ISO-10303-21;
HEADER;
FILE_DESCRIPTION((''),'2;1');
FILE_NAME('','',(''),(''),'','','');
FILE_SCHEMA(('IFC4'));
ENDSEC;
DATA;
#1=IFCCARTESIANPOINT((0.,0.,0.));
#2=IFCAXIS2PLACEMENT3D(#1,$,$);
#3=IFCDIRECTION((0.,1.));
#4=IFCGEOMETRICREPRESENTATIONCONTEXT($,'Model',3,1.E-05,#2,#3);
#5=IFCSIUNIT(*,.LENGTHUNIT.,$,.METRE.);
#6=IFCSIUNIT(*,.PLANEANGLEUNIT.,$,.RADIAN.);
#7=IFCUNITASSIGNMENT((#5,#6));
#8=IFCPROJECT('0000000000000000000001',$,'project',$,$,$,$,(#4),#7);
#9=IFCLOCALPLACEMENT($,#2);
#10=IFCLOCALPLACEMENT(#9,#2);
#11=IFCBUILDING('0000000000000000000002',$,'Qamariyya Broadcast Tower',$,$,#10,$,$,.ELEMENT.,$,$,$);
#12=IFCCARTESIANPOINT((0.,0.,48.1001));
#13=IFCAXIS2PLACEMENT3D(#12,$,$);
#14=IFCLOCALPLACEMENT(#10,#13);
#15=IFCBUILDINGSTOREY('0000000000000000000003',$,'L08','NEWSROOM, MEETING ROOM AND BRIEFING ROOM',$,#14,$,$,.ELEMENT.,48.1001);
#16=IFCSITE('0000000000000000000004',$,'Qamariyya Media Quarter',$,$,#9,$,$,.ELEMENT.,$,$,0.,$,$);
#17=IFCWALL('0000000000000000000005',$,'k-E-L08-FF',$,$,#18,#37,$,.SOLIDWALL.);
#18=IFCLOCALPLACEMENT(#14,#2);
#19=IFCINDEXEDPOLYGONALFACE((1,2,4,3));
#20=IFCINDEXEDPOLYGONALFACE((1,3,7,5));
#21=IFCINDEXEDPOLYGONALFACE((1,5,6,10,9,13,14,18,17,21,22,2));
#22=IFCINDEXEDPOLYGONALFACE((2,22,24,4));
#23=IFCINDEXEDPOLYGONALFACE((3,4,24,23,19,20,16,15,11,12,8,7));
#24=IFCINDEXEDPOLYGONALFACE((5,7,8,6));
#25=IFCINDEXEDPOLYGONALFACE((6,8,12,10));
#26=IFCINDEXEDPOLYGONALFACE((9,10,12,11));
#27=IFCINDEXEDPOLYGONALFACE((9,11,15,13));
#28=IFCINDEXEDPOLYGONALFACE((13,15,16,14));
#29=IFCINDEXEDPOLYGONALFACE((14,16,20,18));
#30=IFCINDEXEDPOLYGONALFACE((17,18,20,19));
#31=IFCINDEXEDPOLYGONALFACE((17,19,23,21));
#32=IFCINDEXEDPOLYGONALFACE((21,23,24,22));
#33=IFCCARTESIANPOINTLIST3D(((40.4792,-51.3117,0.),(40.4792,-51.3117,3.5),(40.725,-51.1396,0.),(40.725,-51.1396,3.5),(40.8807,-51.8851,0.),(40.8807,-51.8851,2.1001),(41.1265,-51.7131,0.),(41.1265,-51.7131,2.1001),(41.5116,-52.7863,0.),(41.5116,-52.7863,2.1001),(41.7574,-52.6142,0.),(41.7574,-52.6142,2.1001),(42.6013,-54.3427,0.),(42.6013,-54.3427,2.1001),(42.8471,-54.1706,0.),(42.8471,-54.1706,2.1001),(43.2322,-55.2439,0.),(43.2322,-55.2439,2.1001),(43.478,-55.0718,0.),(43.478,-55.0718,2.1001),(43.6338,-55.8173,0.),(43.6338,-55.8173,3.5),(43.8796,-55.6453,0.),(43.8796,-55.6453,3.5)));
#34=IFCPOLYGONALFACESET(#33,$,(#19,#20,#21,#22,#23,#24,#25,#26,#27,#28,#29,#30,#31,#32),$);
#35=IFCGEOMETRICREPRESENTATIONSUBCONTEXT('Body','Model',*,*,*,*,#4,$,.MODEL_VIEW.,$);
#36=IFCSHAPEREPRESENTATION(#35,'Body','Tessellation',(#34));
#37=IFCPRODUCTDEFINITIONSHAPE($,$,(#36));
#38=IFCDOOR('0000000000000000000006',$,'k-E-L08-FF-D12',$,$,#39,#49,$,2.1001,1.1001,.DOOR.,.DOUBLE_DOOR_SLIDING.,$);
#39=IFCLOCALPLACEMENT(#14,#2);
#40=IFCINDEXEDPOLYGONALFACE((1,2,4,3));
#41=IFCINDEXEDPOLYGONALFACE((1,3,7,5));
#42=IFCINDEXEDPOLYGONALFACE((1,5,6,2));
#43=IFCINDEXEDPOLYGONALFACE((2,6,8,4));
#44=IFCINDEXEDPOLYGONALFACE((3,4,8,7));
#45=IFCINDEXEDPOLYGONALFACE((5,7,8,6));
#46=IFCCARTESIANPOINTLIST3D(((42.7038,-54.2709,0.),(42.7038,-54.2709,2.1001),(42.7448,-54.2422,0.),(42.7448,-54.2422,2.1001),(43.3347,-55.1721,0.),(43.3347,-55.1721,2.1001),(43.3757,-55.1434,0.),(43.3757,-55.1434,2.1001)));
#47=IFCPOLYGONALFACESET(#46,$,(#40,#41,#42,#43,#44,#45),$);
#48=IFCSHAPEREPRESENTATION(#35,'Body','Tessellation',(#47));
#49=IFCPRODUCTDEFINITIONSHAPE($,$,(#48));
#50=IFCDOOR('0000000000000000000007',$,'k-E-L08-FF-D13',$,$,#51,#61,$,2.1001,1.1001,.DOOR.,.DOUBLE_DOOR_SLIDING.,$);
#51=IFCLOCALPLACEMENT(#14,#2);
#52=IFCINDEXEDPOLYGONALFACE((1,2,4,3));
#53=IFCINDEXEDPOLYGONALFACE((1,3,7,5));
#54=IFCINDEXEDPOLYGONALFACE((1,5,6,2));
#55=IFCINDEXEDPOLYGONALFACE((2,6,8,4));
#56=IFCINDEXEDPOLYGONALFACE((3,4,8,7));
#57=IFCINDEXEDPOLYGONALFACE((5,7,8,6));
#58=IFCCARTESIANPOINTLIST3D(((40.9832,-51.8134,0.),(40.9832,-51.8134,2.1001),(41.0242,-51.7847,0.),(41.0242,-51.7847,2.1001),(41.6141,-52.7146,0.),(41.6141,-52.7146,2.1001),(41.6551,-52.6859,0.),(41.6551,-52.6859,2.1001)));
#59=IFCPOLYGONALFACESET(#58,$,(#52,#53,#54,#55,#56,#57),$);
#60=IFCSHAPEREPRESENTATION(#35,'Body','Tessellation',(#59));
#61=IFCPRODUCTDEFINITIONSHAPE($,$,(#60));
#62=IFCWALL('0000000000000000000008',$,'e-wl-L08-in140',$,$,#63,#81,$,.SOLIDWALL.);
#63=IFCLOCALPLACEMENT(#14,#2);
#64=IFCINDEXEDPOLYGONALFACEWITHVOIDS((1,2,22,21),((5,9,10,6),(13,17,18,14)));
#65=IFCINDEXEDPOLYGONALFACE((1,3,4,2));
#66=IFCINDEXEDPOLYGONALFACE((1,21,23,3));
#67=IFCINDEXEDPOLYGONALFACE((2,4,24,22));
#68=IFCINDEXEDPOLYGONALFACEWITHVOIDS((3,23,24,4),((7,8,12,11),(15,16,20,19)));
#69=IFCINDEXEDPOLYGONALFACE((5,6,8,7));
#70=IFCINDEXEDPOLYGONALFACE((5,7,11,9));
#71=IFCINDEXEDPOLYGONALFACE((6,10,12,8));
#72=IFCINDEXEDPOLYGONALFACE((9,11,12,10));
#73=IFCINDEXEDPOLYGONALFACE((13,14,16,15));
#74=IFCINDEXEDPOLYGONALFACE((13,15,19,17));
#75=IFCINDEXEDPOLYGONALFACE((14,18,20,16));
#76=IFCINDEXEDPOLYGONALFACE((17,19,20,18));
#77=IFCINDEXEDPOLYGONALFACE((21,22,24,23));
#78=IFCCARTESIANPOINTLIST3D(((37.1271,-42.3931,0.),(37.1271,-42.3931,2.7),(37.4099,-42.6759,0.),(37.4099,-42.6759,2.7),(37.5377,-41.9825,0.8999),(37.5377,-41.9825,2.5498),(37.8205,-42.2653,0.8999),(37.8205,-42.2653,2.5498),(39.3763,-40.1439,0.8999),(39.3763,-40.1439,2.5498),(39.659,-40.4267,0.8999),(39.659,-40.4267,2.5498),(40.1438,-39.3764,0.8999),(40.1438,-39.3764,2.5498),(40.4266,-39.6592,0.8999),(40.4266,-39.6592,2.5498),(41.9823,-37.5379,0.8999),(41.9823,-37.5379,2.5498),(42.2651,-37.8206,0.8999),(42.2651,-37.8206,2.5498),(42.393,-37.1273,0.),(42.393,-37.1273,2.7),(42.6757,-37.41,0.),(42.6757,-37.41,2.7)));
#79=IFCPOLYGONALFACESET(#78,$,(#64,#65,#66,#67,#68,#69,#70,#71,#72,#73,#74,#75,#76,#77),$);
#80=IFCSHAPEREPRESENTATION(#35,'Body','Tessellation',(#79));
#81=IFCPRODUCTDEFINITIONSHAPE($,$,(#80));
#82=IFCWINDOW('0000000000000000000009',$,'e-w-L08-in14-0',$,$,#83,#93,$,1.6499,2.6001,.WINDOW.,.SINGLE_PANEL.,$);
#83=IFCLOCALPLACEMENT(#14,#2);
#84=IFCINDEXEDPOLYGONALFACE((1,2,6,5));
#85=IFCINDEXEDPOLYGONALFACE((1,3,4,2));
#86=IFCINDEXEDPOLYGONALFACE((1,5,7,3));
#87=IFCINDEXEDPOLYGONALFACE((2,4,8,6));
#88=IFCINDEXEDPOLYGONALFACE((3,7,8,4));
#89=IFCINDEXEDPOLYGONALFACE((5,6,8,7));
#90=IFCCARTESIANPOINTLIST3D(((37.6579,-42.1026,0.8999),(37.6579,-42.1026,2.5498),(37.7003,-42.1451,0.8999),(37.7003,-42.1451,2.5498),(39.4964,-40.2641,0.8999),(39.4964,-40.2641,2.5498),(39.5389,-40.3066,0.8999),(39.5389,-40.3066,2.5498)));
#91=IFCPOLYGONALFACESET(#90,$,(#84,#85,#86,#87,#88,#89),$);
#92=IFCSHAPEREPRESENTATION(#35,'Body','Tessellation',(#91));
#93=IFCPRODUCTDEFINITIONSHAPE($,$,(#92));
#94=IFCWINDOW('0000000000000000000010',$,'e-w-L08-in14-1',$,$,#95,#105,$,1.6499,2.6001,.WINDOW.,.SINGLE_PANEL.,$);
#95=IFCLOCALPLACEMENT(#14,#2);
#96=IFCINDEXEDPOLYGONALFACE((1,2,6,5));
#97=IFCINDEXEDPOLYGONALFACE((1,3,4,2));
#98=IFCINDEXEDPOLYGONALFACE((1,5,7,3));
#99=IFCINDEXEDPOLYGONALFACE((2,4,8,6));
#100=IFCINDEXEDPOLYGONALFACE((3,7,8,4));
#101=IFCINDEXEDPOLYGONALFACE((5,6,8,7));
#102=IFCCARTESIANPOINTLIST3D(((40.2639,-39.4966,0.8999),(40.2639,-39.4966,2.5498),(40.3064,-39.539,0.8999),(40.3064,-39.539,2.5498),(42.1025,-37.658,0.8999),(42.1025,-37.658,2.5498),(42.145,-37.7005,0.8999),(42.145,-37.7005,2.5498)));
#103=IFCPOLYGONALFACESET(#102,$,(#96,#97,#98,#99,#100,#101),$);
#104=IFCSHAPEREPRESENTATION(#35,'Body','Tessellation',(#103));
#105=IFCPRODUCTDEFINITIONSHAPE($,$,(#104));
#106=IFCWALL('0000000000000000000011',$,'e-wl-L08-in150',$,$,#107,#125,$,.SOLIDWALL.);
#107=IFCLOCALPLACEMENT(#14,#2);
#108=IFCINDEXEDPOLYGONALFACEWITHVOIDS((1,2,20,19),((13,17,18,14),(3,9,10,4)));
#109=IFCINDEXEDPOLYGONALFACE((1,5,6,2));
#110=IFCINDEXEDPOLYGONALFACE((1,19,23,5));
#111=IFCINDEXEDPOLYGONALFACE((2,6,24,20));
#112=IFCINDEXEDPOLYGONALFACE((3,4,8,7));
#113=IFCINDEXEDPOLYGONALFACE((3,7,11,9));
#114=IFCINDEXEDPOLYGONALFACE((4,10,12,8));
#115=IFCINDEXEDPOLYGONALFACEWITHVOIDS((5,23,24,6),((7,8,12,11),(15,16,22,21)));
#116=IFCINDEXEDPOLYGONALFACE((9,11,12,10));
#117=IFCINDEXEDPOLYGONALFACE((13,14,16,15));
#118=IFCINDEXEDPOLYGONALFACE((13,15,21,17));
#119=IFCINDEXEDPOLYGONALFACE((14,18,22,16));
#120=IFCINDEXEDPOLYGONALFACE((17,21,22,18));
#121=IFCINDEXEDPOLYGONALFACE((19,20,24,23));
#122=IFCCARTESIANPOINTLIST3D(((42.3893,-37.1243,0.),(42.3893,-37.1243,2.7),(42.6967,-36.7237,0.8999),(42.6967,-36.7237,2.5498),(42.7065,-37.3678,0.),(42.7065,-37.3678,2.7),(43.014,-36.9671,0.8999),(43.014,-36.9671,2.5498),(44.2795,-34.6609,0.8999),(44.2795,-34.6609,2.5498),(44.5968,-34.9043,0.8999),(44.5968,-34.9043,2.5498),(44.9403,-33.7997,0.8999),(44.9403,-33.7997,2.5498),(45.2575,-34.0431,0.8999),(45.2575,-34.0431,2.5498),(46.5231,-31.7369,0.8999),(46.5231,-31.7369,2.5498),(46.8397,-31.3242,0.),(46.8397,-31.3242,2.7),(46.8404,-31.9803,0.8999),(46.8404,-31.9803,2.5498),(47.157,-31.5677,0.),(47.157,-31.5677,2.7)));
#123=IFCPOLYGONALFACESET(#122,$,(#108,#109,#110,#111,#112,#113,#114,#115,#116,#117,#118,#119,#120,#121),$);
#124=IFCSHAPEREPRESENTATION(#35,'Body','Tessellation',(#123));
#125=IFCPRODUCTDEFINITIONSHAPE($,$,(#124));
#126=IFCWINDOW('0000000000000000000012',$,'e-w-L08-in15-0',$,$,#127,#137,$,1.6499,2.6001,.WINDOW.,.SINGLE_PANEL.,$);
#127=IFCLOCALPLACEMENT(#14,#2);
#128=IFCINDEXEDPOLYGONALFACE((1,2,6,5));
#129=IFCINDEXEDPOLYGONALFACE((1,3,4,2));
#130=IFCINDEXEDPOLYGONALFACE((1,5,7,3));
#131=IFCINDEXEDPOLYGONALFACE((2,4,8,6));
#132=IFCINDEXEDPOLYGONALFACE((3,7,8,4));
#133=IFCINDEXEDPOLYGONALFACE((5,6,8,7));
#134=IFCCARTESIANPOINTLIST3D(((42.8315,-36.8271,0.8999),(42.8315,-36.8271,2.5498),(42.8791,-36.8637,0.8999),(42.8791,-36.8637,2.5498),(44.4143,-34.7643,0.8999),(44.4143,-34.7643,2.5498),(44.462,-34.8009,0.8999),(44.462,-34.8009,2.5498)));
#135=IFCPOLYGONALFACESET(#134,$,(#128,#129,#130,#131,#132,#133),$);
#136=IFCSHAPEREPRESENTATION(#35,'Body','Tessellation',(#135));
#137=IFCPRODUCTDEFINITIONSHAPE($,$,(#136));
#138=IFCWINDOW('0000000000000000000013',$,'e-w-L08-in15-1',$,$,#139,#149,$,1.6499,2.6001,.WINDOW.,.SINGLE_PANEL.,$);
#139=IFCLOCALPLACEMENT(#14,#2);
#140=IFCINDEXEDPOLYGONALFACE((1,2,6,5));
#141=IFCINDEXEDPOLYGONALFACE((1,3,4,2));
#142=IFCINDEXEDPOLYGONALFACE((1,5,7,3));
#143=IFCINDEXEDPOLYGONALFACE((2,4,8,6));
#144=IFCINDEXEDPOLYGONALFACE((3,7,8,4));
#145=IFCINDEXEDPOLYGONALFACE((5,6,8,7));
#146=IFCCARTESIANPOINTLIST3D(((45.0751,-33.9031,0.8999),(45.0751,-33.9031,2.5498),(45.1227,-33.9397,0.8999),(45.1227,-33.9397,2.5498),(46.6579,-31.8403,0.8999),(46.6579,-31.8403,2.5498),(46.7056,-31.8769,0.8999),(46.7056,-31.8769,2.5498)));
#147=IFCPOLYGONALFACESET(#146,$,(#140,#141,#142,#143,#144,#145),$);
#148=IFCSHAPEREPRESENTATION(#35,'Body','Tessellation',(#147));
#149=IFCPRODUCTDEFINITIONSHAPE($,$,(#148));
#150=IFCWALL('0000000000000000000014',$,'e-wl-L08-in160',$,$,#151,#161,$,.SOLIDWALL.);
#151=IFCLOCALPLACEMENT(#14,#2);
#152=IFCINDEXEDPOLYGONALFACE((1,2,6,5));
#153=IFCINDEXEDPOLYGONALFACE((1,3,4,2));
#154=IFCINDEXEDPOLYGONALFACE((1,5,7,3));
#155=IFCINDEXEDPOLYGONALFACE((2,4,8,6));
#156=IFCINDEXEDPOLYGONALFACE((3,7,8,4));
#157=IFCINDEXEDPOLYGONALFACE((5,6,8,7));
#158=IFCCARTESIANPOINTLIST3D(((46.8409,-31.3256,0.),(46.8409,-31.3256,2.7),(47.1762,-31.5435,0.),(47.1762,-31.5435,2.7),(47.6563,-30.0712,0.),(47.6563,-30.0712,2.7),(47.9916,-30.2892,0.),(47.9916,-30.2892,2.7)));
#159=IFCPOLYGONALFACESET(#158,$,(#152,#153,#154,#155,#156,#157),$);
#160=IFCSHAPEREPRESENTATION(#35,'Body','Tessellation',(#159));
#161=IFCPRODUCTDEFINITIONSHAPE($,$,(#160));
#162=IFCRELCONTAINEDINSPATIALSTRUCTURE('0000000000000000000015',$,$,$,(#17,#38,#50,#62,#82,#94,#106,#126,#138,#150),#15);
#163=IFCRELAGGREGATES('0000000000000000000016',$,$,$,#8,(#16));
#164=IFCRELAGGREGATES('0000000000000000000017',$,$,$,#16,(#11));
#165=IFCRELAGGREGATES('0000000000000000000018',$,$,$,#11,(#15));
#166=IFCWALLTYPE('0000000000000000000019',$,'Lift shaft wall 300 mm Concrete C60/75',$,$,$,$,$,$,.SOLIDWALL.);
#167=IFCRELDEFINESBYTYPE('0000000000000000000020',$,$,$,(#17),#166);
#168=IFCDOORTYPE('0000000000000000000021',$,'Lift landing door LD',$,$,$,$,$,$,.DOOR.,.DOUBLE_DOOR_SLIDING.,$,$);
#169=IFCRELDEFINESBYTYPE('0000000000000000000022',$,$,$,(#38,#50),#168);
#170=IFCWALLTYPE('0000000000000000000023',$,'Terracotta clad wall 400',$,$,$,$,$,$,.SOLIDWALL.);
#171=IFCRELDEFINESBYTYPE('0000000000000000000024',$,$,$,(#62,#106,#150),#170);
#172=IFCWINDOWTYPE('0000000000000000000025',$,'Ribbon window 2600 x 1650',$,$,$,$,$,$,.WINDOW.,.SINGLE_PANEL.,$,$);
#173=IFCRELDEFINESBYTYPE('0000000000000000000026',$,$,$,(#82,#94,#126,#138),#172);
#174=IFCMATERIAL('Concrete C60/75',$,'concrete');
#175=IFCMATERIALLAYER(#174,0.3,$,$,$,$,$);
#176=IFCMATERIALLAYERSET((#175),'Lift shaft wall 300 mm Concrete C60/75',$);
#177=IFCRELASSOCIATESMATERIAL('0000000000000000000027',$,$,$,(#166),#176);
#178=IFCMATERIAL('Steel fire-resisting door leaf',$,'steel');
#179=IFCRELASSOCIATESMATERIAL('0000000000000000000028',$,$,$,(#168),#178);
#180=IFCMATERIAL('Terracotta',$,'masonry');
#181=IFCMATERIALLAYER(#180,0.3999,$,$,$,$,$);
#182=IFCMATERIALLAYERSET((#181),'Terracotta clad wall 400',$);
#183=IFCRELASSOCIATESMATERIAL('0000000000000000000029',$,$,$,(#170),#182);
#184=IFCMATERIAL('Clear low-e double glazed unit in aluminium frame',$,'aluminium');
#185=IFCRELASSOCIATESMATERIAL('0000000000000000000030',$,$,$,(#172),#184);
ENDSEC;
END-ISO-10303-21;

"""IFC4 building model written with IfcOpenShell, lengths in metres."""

from ifc_helpers import new_model, si_unit, direction, frame, frame_2d, origin, place, context, subcontext, project, spatial, rectangle, extrude, material, layer, layer_set, type_object, element, fill, save


model = new_model("IFC4")

# Units and contexts
model_context = context("Model", 3, precision=1e-05, world=origin(), true_north=direction((0.0, 1.0)))
body_context = subcontext(model_context, "Body", "Model", "MODEL_VIEW")
ifc_project = project(units=[si_unit("LENGTHUNIT", "METRE"), si_unit("PLANEANGLEUNIT", "RADIAN")], contexts=[model_context])

# Site, building, storey
site_placement = place(None, origin())
site = spatial("IfcSite", under=ifc_project, at=site_placement, Name="Qamariyya Media Quarter", CompositionType="ELEMENT", RefElevation=0.0)
building_placement = place(site_placement, origin())
building = spatial("IfcBuilding", under=site, at=building_placement, Name="Qamariyya Broadcast Tower", CompositionType="ELEMENT")
storey_placement = place(building_placement, frame((0.0, 0.0, 48.1001)))
storey = spatial("IfcBuildingStorey", under=building, at=storey_placement, Name="L08", Description="NEWSROOM, MEETING ROOM AND BRIEFING ROOM", CompositionType="ELEMENT", Elevation=48.1001)

# Shared definitions
ifc_material_1 = material(Name="Concrete C60/75", Category="concrete")

# Shared definitions
ifc_layer_1 = layer(ifc_material_1, 0.3)
ifc_layer_set_1 = layer_set([ifc_layer_1], Name="Lift shaft wall 300 mm Concrete C60/75")
wall_type_1 = type_object("IfcWallType", Name="Lift shaft wall 300 mm Concrete C60/75", PredefinedType="SOLIDWALL", material=ifc_layer_set_1)
ifc_material_2 = material(Name="Steel fire-resisting door leaf", Category="steel")

# Wall, openings, doors
wall_1_placement = place(storey_placement, frame((43.7566, -55.7312, 0.0), z_axis=(0.0, 0.0, 1.0), x_axis=(-0.573537, 0.81918, 0.0)))
wall_1 = element("IfcWall", 1, at=wall_1_placement, inside=storey, type_object=wall_type_1, Name="k-E-L08-FF", PredefinedType="SOLIDWALL", context=body_context, shape_type="SweptSolid", body=[
    extrude(rectangle(XDim=5.5002, YDim=0.3, at=frame_2d((2.75, 0.0))), origin(), (0.0, 0.0, 1.0), 3.5),
])
opening_1_placement = place(wall_1_placement, frame((0.7, 0.0, 0.0)))
opening_1 = element("IfcOpeningElement", 2, at=opening_1_placement, cuts=wall_1, PredefinedType="OPENING", context=body_context, shape_type="SweptSolid", body=[
    extrude(rectangle(XDim=1.1001, YDim=2.1001, at=frame_2d((0.55, 1.05))), frame((0.0, 0.1599, 0.0), z_axis=(0.0, -1.0, 0.0), x_axis=(1.0, 0.0, 0.0)), (0.0, 0.0, 1.0), 0.3201),
])
opening_2_placement = place(wall_1_placement, frame((3.7, 0.0, 0.0)))
opening_2 = element("IfcOpeningElement", 3, at=opening_2_placement, cuts=wall_1, PredefinedType="OPENING", context=body_context, shape_type="SweptSolid", body=[
    extrude(rectangle(XDim=1.1001, YDim=2.1001, at=frame_2d((0.55, 1.05))), frame((0.0, 0.1599, 0.0), z_axis=(0.0, -1.0, 0.0), x_axis=(1.0, 0.0, 0.0)), (0.0, 0.0, 1.0), 0.3201),
])
door_type_1 = type_object("IfcDoorType", Name="Lift landing door LD", OperationType="DOUBLE_DOOR_SLIDING", PredefinedType="DOOR", material=ifc_material_2)
door_1_placement = place(opening_1_placement, origin())
door_1 = element("IfcDoor", 4, at=door_1_placement, inside=storey, type_object=door_type_1, Name="k-E-L08-FF-D12", OperationType="DOUBLE_DOOR_SLIDING", OverallHeight=2.1001, OverallWidth=1.1001, PredefinedType="DOOR", context=body_context, shape_type="SweptSolid", body=[
    extrude(rectangle(XDim=1.1001, YDim=2.1001, at=frame_2d((0.55, 1.05))), frame((0.0, 0.0249, 0.0), z_axis=(0.0, -1.0, 0.0), x_axis=(1.0, 0.0, 0.0)), (0.0, 0.0, 1.0), 0.05),
])
fill(opening_1, door_1)
door_2_placement = place(opening_2_placement, origin())
door_2 = element("IfcDoor", 5, at=door_2_placement, inside=storey, type_object=door_type_1, Name="k-E-L08-FF-D13", OperationType="DOUBLE_DOOR_SLIDING", OverallHeight=2.1001, OverallWidth=1.1001, PredefinedType="DOOR", context=body_context, shape_type="SweptSolid", body=[
    extrude(rectangle(XDim=1.1001, YDim=2.1001, at=frame_2d((0.55, 1.05))), frame((0.0, 0.0249, 0.0), z_axis=(0.0, -1.0, 0.0), x_axis=(1.0, 0.0, 0.0)), (0.0, 0.0, 1.0), 0.05),
])
fill(opening_2, door_2)

# Walls, openings, windows
ifc_material_3 = material(Name="Terracotta", Category="masonry")
ifc_layer_2 = layer(ifc_material_3, 0.3999)
ifc_layer_set_2 = layer_set([ifc_layer_2], Name="Terracotta clad wall 400")
wall_type_2 = type_object("IfcWallType", Name="Terracotta clad wall 400", PredefinedType="SOLIDWALL", material=ifc_layer_set_2)
wall_2_placement = place(storey_placement, frame((42.5344, -37.2686, 0.0), z_axis=(0.0, 0.0, 1.0), x_axis=(-0.707107, -0.707107, 0.0)))
wall_2 = element("IfcWall", 6, at=wall_2_placement, inside=storey, type_object=wall_type_2, Name="e-wl-L08-in140", PredefinedType="SOLIDWALL", context=body_context, shape_type="SweptSolid", body=[
    extrude(rectangle(XDim=7.447, YDim=0.3999, at=frame_2d((3.7236, 0.0))), origin(), (0.0, 0.0, 1.0), 2.7),
])
opening_3_placement = place(wall_2_placement, frame((4.2664, 0.0, 0.8999)))
opening_3 = element("IfcOpeningElement", 7, at=opening_3_placement, cuts=wall_2, PredefinedType="OPENING", context=body_context, shape_type="SweptSolid", body=[
    extrude(rectangle(XDim=2.6001, YDim=1.6499, at=frame_2d((1.3, 0.825))), frame((0.0, 0.21, 0.0), z_axis=(0.0, -1.0, 0.0), x_axis=(1.0, 0.0, 0.0)), (0.0, 0.0, 1.0), 0.4199),
])
opening_4_placement = place(wall_2_placement, frame((0.5808, 0.0, 0.8999)))
opening_4 = element("IfcOpeningElement", 8, at=opening_4_placement, cuts=wall_2, PredefinedType="OPENING", context=body_context, shape_type="SweptSolid", body=[
    extrude(rectangle(XDim=2.6001, YDim=1.6499, at=frame_2d((1.3, 0.825))), frame((0.0, 0.21, 0.0), z_axis=(0.0, -1.0, 0.0), x_axis=(1.0, 0.0, 0.0)), (0.0, 0.0, 1.0), 0.4199),
])
ifc_material_4 = material(Name="Clear low-e double glazed unit in aluminium frame", Category="aluminium")
window_type = type_object("IfcWindowType", Name="Ribbon window 2600 x 1650", PartitioningType="SINGLE_PANEL", PredefinedType="WINDOW", material=ifc_material_4)
window_1_placement = place(opening_3_placement, origin())
window_1 = element("IfcWindow", 9, at=window_1_placement, inside=storey, type_object=window_type, Name="e-w-L08-in14-0", OverallHeight=1.6499, OverallWidth=2.6001, PartitioningType="SINGLE_PANEL", PredefinedType="WINDOW", context=body_context, shape_type="SweptSolid", body=[
    extrude(rectangle(XDim=2.6001, YDim=1.6499, at=frame_2d((1.3, 0.825))), frame((0.0, 0.03, 0.0), z_axis=(0.0, -1.0, 0.0), x_axis=(1.0, 0.0, 0.0)), (0.0, 0.0, 1.0), 0.0601),
])
fill(opening_3, window_1)
window_2_placement = place(opening_4_placement, origin())
window_2 = element("IfcWindow", 10, at=window_2_placement, inside=storey, type_object=window_type, Name="e-w-L08-in14-1", OverallHeight=1.6499, OverallWidth=2.6001, PartitioningType="SINGLE_PANEL", PredefinedType="WINDOW", context=body_context, shape_type="SweptSolid", body=[
    extrude(rectangle(XDim=2.6001, YDim=1.6499, at=frame_2d((1.3, 0.825))), frame((0.0, 0.03, 0.0), z_axis=(0.0, -1.0, 0.0), x_axis=(1.0, 0.0, 0.0)), (0.0, 0.0, 1.0), 0.0601),
])
fill(opening_4, window_2)
wall_3_placement = place(storey_placement, frame((46.9983, -31.446, 0.0), z_axis=(0.0, 0.0, 1.0), x_axis=(-0.608753, -0.79336, 0.0)))
wall_3 = element("IfcWall", 11, at=wall_3_placement, inside=storey, type_object=wall_type_2, Name="e-wl-L08-in150", PredefinedType="SOLIDWALL", context=body_context, shape_type="SweptSolid", body=[
    extrude(rectangle(XDim=7.3108, YDim=0.3999, at=frame_2d((3.6553, 0.0))), origin(), (0.0, 0.0, 1.0), 2.7),
])
opening_5_placement = place(wall_3_placement, frame((4.2056, 0.0, 0.8999)))
opening_5 = element("IfcOpeningElement", 12, at=opening_5_placement, cuts=wall_3, PredefinedType="OPENING", context=body_context, shape_type="SweptSolid", body=[
    extrude(rectangle(XDim=2.6001, YDim=1.6499, at=frame_2d((1.3, 0.825))), frame((0.0, 0.21, 0.0), z_axis=(0.0, -1.0, 0.0), x_axis=(1.0, 0.0, 0.0)), (0.0, 0.0, 1.0), 0.4199),
])
opening_6_placement = place(wall_3_placement, frame((0.52, 0.0, 0.8999)))
opening_6 = element("IfcOpeningElement", 13, at=opening_6_placement, cuts=wall_3, PredefinedType="OPENING", context=body_context, shape_type="SweptSolid", body=[
    extrude(rectangle(XDim=2.6001, YDim=1.6499, at=frame_2d((1.3, 0.825))), frame((0.0, 0.21, 0.0), z_axis=(0.0, -1.0, 0.0), x_axis=(1.0, 0.0, 0.0)), (0.0, 0.0, 1.0), 0.4199),
])
window_3_placement = place(opening_5_placement, origin())
window_3 = element("IfcWindow", 14, at=window_3_placement, inside=storey, type_object=window_type, Name="e-w-L08-in15-0", OverallHeight=1.6499, OverallWidth=2.6001, PartitioningType="SINGLE_PANEL", PredefinedType="WINDOW", context=body_context, shape_type="SweptSolid", body=[
    extrude(rectangle(XDim=2.6001, YDim=1.6499, at=frame_2d((1.3, 0.825))), frame((0.0, 0.03, 0.0), z_axis=(0.0, -1.0, 0.0), x_axis=(1.0, 0.0, 0.0)), (0.0, 0.0, 1.0), 0.0601),
])
fill(opening_5, window_3)
window_4_placement = place(opening_6_placement, origin())
window_4 = element("IfcWindow", 15, at=window_4_placement, inside=storey, type_object=window_type, Name="e-w-L08-in15-1", OverallHeight=1.6499, OverallWidth=2.6001, PartitioningType="SINGLE_PANEL", PredefinedType="WINDOW", context=body_context, shape_type="SweptSolid", body=[
    extrude(rectangle(XDim=2.6001, YDim=1.6499, at=frame_2d((1.3, 0.825))), frame((0.0, 0.03, 0.0), z_axis=(0.0, -1.0, 0.0), x_axis=(1.0, 0.0, 0.0)), (0.0, 0.0, 1.0), 0.0601),
])
fill(opening_6, window_4)

# Wall
wall_4_placement = place(storey_placement, frame((47.824, -30.1802, 0.0), z_axis=(0.0, 0.0, 1.0), x_axis=(-0.545023, -0.838421, 0.0)))
element("IfcWall", 16, at=wall_4_placement, inside=storey, type_object=wall_type_2, Name="e-wl-L08-in160", PredefinedType="SOLIDWALL", context=body_context, shape_type="SweptSolid", body=[
    extrude(rectangle(XDim=1.4961, YDim=0.3999, at=frame_2d((0.748, 0.0))), origin(), (0.0, 0.0, 1.0), 2.7),
])

save(model, "model.ifc")
